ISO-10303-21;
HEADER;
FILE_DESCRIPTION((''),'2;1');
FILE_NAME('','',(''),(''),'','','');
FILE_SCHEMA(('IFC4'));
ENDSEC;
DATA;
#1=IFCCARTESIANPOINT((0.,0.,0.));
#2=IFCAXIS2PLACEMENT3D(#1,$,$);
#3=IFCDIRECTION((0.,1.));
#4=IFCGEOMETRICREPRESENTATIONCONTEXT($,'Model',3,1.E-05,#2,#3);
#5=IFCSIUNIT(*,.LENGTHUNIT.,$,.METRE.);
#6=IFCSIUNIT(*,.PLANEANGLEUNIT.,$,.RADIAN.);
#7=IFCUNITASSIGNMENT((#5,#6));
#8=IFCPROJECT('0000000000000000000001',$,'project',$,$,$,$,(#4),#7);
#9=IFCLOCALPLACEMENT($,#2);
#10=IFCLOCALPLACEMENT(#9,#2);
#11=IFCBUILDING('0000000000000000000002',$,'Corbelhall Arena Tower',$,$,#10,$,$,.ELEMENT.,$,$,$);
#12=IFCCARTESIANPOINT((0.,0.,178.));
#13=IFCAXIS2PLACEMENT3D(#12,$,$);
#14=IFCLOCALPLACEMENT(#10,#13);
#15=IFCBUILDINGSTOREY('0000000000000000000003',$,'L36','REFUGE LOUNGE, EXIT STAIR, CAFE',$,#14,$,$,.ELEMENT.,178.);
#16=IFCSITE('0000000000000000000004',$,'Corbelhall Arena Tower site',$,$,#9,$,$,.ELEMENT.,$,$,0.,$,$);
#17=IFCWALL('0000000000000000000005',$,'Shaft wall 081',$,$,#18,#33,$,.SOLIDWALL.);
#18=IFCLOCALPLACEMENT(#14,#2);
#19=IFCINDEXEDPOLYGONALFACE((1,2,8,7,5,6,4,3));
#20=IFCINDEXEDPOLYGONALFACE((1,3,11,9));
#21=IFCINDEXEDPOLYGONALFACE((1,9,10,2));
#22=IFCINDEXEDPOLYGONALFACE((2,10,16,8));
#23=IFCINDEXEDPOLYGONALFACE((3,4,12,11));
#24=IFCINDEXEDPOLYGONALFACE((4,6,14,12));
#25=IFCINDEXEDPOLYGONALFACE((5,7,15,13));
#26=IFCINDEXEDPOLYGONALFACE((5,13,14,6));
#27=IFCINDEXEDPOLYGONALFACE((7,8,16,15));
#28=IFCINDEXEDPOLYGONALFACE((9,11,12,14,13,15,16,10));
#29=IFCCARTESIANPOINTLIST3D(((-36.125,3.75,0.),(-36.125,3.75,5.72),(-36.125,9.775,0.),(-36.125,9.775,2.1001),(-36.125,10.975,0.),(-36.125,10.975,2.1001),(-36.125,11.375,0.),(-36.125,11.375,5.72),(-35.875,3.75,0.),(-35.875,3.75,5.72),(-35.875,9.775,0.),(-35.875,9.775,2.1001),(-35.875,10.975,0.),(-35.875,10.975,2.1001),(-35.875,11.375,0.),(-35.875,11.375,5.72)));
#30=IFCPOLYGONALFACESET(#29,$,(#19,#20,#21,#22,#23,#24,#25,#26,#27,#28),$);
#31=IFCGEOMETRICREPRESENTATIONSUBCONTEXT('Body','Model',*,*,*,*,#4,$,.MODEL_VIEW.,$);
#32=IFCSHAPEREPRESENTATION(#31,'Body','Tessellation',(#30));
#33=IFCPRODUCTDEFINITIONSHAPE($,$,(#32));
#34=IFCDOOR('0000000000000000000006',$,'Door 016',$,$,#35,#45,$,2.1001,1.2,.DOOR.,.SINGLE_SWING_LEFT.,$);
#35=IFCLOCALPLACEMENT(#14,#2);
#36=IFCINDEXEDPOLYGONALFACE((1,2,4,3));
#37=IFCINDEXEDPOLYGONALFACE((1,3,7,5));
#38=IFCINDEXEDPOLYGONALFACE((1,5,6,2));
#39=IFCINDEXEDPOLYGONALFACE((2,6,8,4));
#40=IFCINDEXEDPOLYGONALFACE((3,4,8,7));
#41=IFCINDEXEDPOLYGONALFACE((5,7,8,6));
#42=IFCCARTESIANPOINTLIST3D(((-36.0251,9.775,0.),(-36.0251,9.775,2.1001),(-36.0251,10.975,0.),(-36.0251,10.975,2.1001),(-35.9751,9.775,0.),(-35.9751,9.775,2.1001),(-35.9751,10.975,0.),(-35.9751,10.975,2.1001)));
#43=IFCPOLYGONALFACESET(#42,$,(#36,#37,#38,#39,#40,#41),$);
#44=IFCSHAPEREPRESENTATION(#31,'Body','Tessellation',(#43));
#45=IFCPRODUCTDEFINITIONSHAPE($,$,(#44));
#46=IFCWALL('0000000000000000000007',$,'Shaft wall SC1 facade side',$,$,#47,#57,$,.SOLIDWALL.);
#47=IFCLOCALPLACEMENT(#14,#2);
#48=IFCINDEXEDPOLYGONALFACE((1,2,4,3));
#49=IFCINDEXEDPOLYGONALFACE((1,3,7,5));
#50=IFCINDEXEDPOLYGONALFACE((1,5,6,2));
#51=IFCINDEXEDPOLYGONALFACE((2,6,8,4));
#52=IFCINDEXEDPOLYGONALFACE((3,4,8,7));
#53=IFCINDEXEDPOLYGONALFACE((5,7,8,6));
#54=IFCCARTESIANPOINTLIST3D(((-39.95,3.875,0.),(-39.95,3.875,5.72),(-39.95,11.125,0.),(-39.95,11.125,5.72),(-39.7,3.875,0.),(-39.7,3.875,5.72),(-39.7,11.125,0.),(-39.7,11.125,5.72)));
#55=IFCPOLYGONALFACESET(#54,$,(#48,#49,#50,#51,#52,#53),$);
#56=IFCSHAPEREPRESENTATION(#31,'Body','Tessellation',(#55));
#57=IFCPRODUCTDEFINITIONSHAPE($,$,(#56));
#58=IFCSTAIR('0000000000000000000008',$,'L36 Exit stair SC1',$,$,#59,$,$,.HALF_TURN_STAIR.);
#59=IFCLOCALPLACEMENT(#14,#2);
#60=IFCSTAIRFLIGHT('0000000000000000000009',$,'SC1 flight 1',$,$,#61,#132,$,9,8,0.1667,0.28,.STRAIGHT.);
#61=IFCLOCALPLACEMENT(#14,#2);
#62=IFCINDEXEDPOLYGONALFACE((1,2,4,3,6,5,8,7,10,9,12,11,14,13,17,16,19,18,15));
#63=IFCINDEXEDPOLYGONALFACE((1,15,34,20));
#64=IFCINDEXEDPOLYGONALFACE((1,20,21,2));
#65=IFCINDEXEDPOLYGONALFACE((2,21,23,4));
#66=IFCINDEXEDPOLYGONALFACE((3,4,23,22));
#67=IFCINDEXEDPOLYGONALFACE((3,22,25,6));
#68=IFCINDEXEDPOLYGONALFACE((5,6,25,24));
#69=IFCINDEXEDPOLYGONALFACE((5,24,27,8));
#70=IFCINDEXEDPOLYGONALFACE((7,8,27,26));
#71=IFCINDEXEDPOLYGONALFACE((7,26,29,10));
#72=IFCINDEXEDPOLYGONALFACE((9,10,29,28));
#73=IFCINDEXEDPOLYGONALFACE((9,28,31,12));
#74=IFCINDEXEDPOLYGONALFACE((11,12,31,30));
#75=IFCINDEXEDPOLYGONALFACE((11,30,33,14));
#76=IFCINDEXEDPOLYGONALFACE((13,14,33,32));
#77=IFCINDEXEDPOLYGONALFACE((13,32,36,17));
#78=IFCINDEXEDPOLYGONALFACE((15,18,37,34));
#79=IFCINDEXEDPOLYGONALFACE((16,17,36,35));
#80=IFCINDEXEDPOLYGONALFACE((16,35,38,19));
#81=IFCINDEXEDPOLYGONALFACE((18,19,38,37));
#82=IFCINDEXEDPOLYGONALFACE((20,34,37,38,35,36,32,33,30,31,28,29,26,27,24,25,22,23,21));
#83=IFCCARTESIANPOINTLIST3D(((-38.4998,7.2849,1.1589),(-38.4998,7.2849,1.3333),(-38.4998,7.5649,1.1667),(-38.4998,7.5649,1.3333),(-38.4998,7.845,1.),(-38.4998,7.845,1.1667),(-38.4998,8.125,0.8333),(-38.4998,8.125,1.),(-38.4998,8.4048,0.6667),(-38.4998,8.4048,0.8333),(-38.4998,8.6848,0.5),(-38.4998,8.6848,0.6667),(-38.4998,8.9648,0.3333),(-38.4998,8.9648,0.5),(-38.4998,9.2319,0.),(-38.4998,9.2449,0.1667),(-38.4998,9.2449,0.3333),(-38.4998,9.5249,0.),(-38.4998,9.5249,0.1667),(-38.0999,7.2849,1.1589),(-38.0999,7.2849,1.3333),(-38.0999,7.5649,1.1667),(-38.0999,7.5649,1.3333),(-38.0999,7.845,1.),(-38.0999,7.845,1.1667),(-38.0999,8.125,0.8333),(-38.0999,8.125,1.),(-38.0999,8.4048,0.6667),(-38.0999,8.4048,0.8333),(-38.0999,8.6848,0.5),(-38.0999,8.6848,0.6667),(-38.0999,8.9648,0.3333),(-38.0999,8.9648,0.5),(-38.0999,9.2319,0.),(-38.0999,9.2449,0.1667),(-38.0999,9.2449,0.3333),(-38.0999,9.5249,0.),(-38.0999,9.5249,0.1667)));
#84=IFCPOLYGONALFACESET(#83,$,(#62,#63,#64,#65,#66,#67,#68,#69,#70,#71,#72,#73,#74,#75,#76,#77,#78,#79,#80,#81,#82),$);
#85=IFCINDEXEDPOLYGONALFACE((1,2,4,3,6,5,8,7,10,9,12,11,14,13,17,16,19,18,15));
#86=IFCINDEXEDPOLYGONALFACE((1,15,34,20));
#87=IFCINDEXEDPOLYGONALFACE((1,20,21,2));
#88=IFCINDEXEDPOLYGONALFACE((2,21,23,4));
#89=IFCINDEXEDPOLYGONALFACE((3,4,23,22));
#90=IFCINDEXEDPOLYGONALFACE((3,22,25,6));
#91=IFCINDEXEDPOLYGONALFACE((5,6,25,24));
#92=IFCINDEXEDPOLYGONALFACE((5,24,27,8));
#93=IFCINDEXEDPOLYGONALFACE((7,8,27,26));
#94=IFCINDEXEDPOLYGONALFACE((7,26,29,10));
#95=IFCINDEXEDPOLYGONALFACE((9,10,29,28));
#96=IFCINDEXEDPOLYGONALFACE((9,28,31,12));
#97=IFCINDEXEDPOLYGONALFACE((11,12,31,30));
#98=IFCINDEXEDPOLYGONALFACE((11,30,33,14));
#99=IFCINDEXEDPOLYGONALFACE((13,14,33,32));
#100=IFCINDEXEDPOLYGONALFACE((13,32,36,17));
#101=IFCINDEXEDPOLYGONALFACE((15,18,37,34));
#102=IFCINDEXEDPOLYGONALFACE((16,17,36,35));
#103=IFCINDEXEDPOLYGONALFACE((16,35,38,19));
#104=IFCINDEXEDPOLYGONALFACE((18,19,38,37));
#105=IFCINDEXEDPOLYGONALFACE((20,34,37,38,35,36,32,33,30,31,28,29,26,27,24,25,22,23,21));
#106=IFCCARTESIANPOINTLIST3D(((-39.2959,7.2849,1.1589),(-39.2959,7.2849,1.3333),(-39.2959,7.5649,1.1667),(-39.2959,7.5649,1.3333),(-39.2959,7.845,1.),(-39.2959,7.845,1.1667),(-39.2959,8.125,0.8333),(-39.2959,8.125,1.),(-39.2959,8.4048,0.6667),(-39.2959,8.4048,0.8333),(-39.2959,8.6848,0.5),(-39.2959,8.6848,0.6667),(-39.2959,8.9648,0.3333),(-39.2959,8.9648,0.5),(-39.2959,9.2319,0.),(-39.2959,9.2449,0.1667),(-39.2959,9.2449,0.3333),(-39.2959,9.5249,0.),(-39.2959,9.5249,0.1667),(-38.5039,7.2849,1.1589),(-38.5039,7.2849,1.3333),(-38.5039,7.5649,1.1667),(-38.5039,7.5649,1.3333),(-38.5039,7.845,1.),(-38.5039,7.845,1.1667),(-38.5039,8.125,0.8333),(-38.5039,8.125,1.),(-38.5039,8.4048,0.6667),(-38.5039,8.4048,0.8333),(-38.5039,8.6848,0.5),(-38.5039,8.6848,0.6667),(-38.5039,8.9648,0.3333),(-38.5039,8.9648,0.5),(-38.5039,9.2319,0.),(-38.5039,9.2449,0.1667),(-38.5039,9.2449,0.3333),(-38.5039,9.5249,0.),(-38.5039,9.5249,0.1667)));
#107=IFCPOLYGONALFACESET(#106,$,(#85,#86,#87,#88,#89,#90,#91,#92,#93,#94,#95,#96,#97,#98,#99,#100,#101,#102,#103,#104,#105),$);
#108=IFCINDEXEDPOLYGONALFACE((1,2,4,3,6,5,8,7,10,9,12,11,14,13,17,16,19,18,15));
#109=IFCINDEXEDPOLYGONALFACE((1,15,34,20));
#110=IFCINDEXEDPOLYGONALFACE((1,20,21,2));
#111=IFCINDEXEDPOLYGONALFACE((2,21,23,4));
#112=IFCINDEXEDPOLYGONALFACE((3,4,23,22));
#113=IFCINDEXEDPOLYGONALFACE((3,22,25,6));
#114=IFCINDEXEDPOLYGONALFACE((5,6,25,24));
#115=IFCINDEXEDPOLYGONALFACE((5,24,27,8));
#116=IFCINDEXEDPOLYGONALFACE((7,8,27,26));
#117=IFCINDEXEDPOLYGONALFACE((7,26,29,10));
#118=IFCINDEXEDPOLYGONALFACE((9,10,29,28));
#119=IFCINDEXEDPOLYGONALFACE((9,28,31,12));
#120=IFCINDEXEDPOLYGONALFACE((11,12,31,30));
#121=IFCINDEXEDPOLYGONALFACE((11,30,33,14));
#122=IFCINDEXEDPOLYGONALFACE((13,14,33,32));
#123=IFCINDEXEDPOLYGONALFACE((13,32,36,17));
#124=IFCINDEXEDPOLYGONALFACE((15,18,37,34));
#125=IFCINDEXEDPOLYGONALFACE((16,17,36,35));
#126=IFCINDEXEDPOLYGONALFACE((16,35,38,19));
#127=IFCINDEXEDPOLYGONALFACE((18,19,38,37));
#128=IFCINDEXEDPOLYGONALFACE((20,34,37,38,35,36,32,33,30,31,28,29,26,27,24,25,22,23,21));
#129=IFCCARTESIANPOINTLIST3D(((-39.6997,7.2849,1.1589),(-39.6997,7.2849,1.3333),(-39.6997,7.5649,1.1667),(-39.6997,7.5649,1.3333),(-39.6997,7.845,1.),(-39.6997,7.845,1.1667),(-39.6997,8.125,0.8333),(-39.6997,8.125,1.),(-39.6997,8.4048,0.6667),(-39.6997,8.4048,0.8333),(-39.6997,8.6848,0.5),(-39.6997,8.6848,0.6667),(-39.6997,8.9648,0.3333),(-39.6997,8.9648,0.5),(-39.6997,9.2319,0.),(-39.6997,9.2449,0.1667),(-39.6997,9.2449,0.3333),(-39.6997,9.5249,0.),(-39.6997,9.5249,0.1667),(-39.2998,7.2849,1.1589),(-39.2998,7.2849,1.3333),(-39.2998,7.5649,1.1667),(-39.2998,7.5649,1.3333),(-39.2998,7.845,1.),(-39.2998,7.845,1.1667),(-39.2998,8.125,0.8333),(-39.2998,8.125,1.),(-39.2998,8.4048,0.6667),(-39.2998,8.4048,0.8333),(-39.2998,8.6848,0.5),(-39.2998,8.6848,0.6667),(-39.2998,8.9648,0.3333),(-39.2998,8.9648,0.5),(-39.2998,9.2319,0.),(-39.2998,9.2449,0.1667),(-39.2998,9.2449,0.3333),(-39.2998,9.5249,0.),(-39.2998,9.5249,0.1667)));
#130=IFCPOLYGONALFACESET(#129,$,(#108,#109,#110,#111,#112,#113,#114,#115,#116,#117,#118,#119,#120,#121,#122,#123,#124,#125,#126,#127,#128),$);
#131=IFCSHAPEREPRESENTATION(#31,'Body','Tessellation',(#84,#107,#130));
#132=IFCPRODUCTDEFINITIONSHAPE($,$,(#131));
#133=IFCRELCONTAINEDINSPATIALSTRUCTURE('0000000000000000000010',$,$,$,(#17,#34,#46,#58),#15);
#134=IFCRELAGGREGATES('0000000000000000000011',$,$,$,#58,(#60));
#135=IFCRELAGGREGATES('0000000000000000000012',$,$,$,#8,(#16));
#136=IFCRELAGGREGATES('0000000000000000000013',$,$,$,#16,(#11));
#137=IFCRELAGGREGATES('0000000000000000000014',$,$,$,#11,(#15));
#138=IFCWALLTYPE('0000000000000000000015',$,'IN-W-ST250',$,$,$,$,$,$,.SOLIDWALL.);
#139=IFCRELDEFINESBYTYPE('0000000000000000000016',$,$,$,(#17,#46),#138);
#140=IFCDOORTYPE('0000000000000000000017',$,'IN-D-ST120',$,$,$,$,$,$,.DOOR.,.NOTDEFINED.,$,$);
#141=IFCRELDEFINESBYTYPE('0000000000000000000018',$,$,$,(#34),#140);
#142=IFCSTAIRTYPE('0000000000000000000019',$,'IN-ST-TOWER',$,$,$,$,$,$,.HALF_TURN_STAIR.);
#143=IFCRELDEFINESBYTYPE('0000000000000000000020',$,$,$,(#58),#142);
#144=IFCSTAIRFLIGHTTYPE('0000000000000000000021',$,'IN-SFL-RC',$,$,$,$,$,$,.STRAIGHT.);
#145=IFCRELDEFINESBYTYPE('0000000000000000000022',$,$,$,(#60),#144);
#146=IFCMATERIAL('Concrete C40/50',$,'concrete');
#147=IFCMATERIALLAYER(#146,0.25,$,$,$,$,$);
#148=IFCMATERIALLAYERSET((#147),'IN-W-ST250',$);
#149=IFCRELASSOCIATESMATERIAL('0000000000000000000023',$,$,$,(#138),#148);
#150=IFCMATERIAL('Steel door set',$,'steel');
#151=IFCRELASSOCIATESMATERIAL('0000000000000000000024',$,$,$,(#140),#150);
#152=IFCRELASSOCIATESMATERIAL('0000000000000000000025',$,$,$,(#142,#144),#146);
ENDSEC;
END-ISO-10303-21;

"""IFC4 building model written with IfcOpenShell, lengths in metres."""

from ifc_helpers import new_model, si_unit, direction, frame, frame_2d, origin, place, context, subcontext, project, spatial, polyline, rectangle, outline, extrude, material, layer, layer_set, type_object, element, fill, aggregate, save


model = new_model("IFC4")

# Units and contexts
model_context = context("Model", 3, precision=1e-05, world=origin(), true_north=direction((0.0, 1.0)))
body_context = subcontext(model_context, "Body", "Model", "MODEL_VIEW")
ifc_project = project(units=[si_unit("LENGTHUNIT", "METRE"), si_unit("PLANEANGLEUNIT", "RADIAN")], contexts=[model_context])

# Site, building, storey
site_placement = place(None, origin())
site = spatial("IfcSite", under=ifc_project, at=site_placement, Name="Corbelhall Arena Tower site", CompositionType="ELEMENT", RefElevation=0.0)
building_placement = place(site_placement, origin())
building = spatial("IfcBuilding", under=site, at=building_placement, Name="Corbelhall Arena Tower", CompositionType="ELEMENT")
storey_placement = place(building_placement, frame((0.0, 0.0, 178.0)))
storey = spatial("IfcBuildingStorey", under=building, at=storey_placement, Name="L36", Description="REFUGE LOUNGE, EXIT STAIR, CAFE", CompositionType="ELEMENT", Elevation=178.0)

# Shared definitions
ifc_material_1 = material(Name="Steel door set", Category="steel")

# Shared definitions
ifc_material_2 = material(Name="Concrete C40/50", Category="concrete")
ifc_layer_1 = layer(ifc_material_2, 0.25)
ifc_layer_set_1 = layer_set([ifc_layer_1], Name="IN-W-ST250")
wall_type_1 = type_object("IfcWallType", Name="IN-W-ST250", PredefinedType="SOLIDWALL", material=ifc_layer_set_1)

# Wall, opening, door
wall_1_placement = place(storey_placement, frame((-36.0, 11.375, 0.0), z_axis=(0.0, 0.0, 1.0), x_axis=(0.0, -1.0, 0.0)))
wall_1 = element("IfcWall", 1, at=wall_1_placement, inside=storey, type_object=wall_type_1, Name="Shaft wall 081", PredefinedType="SOLIDWALL", context=body_context, shape_type="SweptSolid", body=[
    extrude(rectangle(XDim=7.625, YDim=0.25, at=frame_2d((3.8125, 0.0))), origin(), (0.0, 0.0, 1.0), 5.72),
])
opening_1_placement = place(wall_1_placement, frame((0.3999, 0.0, 0.0)))
opening_1 = element("IfcOpeningElement", 2, at=opening_1_placement, cuts=wall_1, PredefinedType="OPENING", context=body_context, shape_type="SweptSolid", body=[
    extrude(rectangle(XDim=1.2, YDim=2.1001, at=frame_2d((0.6001, 1.05))), frame((0.0, 0.125, 0.0), z_axis=(0.0, -1.0, 0.0), x_axis=(1.0, 0.0, 0.0)), (0.0, 0.0, 1.0), 0.25),
])
door_type_1 = type_object("IfcDoorType", Name="IN-D-ST120", OperationType="NOTDEFINED", PredefinedType="DOOR", material=ifc_material_1)
door_1_placement = place(opening_1_placement, origin())
door_1 = element("IfcDoor", 3, at=door_1_placement, inside=storey, type_object=door_type_1, Name="Door 016", OperationType="SINGLE_SWING_LEFT", OverallHeight=2.1001, OverallWidth=1.2, PredefinedType="DOOR", context=body_context, shape_type="SweptSolid", body=[
    extrude(rectangle(XDim=1.2, YDim=2.1001, at=frame_2d((0.6001, 1.05))), frame((0.0, 0.0249, 0.0), z_axis=(0.0, -1.0, 0.0), x_axis=(1.0, 0.0, 0.0)), (0.0, 0.0, 1.0), 0.05),
])
fill(opening_1, door_1)

# Wall
wall_2_placement = place(storey_placement, frame((-39.825, 3.875, 0.0), z_axis=(0.0, 0.0, 1.0), x_axis=(0.0, 1.0, 0.0)))
element("IfcWall", 4, at=wall_2_placement, inside=storey, type_object=wall_type_1, Name="Shaft wall SC1 facade side", PredefinedType="SOLIDWALL", context=body_context, shape_type="SweptSolid", body=[
    extrude(rectangle(XDim=7.25, YDim=0.25, at=frame_2d((3.625, 0.0))), origin(), (0.0, 0.0, 1.0), 5.72),
])

# Stair, stair flight
stair_type = type_object("IfcStairType", Name="IN-ST-TOWER", PredefinedType="HALF_TURN_STAIR", material=ifc_material_2)
stair_placement = place(storey_placement, origin())
stair = element("IfcStair", 5, at=stair_placement, inside=storey, type_object=stair_type, Name="L36 Exit stair SC1", PredefinedType="HALF_TURN_STAIR")
stair_flight_type = type_object("IfcStairFlightType", Name="IN-SFL-RC", PredefinedType="STRAIGHT", material=ifc_material_2)
stair_flight_1_placement = place(storey_placement, frame((-38.8999, 9.5249, 0.0), z_axis=(0.0, 0.0, 1.0), x_axis=(0.0, -1.0, 0.0)))
stair_flight_1 = element("IfcStairFlight", 6, at=stair_flight_1_placement, type_object=stair_flight_type, Name="SC1 flight 1", NumberOfRisers=9, NumberOfTreads=8, PredefinedType="STRAIGHT", RiserHeight=0.1667, TreadLength=0.28, context=body_context, shape_type="SweptSolid", body=[
    extrude(outline(polyline([(0.0, 0.0), (0.0, 0.1667), (0.28, 0.1667), (0.28, 0.3333), (0.5601, 0.3333), (0.5601, 0.5), (0.8401, 0.5), (0.8401, 0.6667), (1.1201, 0.6667), (1.1201, 0.8333), (1.3999, 0.8333), (1.3999, 1.0), (1.6799, 1.0), (1.6799, 1.1667), (1.96, 1.1667), (1.96, 1.3333), (2.24, 1.3333), (2.24, 1.5), (2.24, 1.1589), (0.293, 0.0), (0.0, 0.0)])), frame((0.0, 0.8, 0.0), z_axis=(0.0, -1.0, 0.0), x_axis=(1.0, 0.0, 0.0)), (0.0, 0.0, 1.0), 0.3999),
    extrude(outline(polyline([(0.0, 0.0), (0.0, 0.1667), (0.28, 0.1667), (0.28, 0.3333), (0.5601, 0.3333), (0.5601, 0.5), (0.8401, 0.5), (0.8401, 0.6667), (1.1201, 0.6667), (1.1201, 0.8333), (1.3999, 0.8333), (1.3999, 1.0), (1.6799, 1.0), (1.6799, 1.1667), (1.96, 1.1667), (1.96, 1.3333), (2.24, 1.3333), (2.24, 1.5), (2.24, 1.1589), (0.293, 0.0), (0.0, 0.0)])), frame((0.0, 0.396, 0.0), z_axis=(0.0, -1.0, 0.0), x_axis=(1.0, 0.0, 0.0)), (0.0, 0.0, 1.0), 0.792),
    extrude(outline(polyline([(0.0, 0.0), (0.0, 0.1667), (0.28, 0.1667), (0.28, 0.3333), (0.5601, 0.3333), (0.5601, 0.5), (0.8401, 0.5), (0.8401, 0.6667), (1.1201, 0.6667), (1.1201, 0.8333), (1.3999, 0.8333), (1.3999, 1.0), (1.6799, 1.0), (1.6799, 1.1667), (1.96, 1.1667), (1.96, 1.3333), (2.24, 1.3333), (2.24, 1.5), (2.24, 1.1589), (0.293, 0.0), (0.0, 0.0)])), frame((0.0, -0.3999, 0.0), z_axis=(0.0, -1.0, 0.0), x_axis=(1.0, 0.0, 0.0)), (0.0, 0.0, 1.0), 0.3999),
])
aggregate(stair, [stair_flight_1])

save(model, "model.ifc")
